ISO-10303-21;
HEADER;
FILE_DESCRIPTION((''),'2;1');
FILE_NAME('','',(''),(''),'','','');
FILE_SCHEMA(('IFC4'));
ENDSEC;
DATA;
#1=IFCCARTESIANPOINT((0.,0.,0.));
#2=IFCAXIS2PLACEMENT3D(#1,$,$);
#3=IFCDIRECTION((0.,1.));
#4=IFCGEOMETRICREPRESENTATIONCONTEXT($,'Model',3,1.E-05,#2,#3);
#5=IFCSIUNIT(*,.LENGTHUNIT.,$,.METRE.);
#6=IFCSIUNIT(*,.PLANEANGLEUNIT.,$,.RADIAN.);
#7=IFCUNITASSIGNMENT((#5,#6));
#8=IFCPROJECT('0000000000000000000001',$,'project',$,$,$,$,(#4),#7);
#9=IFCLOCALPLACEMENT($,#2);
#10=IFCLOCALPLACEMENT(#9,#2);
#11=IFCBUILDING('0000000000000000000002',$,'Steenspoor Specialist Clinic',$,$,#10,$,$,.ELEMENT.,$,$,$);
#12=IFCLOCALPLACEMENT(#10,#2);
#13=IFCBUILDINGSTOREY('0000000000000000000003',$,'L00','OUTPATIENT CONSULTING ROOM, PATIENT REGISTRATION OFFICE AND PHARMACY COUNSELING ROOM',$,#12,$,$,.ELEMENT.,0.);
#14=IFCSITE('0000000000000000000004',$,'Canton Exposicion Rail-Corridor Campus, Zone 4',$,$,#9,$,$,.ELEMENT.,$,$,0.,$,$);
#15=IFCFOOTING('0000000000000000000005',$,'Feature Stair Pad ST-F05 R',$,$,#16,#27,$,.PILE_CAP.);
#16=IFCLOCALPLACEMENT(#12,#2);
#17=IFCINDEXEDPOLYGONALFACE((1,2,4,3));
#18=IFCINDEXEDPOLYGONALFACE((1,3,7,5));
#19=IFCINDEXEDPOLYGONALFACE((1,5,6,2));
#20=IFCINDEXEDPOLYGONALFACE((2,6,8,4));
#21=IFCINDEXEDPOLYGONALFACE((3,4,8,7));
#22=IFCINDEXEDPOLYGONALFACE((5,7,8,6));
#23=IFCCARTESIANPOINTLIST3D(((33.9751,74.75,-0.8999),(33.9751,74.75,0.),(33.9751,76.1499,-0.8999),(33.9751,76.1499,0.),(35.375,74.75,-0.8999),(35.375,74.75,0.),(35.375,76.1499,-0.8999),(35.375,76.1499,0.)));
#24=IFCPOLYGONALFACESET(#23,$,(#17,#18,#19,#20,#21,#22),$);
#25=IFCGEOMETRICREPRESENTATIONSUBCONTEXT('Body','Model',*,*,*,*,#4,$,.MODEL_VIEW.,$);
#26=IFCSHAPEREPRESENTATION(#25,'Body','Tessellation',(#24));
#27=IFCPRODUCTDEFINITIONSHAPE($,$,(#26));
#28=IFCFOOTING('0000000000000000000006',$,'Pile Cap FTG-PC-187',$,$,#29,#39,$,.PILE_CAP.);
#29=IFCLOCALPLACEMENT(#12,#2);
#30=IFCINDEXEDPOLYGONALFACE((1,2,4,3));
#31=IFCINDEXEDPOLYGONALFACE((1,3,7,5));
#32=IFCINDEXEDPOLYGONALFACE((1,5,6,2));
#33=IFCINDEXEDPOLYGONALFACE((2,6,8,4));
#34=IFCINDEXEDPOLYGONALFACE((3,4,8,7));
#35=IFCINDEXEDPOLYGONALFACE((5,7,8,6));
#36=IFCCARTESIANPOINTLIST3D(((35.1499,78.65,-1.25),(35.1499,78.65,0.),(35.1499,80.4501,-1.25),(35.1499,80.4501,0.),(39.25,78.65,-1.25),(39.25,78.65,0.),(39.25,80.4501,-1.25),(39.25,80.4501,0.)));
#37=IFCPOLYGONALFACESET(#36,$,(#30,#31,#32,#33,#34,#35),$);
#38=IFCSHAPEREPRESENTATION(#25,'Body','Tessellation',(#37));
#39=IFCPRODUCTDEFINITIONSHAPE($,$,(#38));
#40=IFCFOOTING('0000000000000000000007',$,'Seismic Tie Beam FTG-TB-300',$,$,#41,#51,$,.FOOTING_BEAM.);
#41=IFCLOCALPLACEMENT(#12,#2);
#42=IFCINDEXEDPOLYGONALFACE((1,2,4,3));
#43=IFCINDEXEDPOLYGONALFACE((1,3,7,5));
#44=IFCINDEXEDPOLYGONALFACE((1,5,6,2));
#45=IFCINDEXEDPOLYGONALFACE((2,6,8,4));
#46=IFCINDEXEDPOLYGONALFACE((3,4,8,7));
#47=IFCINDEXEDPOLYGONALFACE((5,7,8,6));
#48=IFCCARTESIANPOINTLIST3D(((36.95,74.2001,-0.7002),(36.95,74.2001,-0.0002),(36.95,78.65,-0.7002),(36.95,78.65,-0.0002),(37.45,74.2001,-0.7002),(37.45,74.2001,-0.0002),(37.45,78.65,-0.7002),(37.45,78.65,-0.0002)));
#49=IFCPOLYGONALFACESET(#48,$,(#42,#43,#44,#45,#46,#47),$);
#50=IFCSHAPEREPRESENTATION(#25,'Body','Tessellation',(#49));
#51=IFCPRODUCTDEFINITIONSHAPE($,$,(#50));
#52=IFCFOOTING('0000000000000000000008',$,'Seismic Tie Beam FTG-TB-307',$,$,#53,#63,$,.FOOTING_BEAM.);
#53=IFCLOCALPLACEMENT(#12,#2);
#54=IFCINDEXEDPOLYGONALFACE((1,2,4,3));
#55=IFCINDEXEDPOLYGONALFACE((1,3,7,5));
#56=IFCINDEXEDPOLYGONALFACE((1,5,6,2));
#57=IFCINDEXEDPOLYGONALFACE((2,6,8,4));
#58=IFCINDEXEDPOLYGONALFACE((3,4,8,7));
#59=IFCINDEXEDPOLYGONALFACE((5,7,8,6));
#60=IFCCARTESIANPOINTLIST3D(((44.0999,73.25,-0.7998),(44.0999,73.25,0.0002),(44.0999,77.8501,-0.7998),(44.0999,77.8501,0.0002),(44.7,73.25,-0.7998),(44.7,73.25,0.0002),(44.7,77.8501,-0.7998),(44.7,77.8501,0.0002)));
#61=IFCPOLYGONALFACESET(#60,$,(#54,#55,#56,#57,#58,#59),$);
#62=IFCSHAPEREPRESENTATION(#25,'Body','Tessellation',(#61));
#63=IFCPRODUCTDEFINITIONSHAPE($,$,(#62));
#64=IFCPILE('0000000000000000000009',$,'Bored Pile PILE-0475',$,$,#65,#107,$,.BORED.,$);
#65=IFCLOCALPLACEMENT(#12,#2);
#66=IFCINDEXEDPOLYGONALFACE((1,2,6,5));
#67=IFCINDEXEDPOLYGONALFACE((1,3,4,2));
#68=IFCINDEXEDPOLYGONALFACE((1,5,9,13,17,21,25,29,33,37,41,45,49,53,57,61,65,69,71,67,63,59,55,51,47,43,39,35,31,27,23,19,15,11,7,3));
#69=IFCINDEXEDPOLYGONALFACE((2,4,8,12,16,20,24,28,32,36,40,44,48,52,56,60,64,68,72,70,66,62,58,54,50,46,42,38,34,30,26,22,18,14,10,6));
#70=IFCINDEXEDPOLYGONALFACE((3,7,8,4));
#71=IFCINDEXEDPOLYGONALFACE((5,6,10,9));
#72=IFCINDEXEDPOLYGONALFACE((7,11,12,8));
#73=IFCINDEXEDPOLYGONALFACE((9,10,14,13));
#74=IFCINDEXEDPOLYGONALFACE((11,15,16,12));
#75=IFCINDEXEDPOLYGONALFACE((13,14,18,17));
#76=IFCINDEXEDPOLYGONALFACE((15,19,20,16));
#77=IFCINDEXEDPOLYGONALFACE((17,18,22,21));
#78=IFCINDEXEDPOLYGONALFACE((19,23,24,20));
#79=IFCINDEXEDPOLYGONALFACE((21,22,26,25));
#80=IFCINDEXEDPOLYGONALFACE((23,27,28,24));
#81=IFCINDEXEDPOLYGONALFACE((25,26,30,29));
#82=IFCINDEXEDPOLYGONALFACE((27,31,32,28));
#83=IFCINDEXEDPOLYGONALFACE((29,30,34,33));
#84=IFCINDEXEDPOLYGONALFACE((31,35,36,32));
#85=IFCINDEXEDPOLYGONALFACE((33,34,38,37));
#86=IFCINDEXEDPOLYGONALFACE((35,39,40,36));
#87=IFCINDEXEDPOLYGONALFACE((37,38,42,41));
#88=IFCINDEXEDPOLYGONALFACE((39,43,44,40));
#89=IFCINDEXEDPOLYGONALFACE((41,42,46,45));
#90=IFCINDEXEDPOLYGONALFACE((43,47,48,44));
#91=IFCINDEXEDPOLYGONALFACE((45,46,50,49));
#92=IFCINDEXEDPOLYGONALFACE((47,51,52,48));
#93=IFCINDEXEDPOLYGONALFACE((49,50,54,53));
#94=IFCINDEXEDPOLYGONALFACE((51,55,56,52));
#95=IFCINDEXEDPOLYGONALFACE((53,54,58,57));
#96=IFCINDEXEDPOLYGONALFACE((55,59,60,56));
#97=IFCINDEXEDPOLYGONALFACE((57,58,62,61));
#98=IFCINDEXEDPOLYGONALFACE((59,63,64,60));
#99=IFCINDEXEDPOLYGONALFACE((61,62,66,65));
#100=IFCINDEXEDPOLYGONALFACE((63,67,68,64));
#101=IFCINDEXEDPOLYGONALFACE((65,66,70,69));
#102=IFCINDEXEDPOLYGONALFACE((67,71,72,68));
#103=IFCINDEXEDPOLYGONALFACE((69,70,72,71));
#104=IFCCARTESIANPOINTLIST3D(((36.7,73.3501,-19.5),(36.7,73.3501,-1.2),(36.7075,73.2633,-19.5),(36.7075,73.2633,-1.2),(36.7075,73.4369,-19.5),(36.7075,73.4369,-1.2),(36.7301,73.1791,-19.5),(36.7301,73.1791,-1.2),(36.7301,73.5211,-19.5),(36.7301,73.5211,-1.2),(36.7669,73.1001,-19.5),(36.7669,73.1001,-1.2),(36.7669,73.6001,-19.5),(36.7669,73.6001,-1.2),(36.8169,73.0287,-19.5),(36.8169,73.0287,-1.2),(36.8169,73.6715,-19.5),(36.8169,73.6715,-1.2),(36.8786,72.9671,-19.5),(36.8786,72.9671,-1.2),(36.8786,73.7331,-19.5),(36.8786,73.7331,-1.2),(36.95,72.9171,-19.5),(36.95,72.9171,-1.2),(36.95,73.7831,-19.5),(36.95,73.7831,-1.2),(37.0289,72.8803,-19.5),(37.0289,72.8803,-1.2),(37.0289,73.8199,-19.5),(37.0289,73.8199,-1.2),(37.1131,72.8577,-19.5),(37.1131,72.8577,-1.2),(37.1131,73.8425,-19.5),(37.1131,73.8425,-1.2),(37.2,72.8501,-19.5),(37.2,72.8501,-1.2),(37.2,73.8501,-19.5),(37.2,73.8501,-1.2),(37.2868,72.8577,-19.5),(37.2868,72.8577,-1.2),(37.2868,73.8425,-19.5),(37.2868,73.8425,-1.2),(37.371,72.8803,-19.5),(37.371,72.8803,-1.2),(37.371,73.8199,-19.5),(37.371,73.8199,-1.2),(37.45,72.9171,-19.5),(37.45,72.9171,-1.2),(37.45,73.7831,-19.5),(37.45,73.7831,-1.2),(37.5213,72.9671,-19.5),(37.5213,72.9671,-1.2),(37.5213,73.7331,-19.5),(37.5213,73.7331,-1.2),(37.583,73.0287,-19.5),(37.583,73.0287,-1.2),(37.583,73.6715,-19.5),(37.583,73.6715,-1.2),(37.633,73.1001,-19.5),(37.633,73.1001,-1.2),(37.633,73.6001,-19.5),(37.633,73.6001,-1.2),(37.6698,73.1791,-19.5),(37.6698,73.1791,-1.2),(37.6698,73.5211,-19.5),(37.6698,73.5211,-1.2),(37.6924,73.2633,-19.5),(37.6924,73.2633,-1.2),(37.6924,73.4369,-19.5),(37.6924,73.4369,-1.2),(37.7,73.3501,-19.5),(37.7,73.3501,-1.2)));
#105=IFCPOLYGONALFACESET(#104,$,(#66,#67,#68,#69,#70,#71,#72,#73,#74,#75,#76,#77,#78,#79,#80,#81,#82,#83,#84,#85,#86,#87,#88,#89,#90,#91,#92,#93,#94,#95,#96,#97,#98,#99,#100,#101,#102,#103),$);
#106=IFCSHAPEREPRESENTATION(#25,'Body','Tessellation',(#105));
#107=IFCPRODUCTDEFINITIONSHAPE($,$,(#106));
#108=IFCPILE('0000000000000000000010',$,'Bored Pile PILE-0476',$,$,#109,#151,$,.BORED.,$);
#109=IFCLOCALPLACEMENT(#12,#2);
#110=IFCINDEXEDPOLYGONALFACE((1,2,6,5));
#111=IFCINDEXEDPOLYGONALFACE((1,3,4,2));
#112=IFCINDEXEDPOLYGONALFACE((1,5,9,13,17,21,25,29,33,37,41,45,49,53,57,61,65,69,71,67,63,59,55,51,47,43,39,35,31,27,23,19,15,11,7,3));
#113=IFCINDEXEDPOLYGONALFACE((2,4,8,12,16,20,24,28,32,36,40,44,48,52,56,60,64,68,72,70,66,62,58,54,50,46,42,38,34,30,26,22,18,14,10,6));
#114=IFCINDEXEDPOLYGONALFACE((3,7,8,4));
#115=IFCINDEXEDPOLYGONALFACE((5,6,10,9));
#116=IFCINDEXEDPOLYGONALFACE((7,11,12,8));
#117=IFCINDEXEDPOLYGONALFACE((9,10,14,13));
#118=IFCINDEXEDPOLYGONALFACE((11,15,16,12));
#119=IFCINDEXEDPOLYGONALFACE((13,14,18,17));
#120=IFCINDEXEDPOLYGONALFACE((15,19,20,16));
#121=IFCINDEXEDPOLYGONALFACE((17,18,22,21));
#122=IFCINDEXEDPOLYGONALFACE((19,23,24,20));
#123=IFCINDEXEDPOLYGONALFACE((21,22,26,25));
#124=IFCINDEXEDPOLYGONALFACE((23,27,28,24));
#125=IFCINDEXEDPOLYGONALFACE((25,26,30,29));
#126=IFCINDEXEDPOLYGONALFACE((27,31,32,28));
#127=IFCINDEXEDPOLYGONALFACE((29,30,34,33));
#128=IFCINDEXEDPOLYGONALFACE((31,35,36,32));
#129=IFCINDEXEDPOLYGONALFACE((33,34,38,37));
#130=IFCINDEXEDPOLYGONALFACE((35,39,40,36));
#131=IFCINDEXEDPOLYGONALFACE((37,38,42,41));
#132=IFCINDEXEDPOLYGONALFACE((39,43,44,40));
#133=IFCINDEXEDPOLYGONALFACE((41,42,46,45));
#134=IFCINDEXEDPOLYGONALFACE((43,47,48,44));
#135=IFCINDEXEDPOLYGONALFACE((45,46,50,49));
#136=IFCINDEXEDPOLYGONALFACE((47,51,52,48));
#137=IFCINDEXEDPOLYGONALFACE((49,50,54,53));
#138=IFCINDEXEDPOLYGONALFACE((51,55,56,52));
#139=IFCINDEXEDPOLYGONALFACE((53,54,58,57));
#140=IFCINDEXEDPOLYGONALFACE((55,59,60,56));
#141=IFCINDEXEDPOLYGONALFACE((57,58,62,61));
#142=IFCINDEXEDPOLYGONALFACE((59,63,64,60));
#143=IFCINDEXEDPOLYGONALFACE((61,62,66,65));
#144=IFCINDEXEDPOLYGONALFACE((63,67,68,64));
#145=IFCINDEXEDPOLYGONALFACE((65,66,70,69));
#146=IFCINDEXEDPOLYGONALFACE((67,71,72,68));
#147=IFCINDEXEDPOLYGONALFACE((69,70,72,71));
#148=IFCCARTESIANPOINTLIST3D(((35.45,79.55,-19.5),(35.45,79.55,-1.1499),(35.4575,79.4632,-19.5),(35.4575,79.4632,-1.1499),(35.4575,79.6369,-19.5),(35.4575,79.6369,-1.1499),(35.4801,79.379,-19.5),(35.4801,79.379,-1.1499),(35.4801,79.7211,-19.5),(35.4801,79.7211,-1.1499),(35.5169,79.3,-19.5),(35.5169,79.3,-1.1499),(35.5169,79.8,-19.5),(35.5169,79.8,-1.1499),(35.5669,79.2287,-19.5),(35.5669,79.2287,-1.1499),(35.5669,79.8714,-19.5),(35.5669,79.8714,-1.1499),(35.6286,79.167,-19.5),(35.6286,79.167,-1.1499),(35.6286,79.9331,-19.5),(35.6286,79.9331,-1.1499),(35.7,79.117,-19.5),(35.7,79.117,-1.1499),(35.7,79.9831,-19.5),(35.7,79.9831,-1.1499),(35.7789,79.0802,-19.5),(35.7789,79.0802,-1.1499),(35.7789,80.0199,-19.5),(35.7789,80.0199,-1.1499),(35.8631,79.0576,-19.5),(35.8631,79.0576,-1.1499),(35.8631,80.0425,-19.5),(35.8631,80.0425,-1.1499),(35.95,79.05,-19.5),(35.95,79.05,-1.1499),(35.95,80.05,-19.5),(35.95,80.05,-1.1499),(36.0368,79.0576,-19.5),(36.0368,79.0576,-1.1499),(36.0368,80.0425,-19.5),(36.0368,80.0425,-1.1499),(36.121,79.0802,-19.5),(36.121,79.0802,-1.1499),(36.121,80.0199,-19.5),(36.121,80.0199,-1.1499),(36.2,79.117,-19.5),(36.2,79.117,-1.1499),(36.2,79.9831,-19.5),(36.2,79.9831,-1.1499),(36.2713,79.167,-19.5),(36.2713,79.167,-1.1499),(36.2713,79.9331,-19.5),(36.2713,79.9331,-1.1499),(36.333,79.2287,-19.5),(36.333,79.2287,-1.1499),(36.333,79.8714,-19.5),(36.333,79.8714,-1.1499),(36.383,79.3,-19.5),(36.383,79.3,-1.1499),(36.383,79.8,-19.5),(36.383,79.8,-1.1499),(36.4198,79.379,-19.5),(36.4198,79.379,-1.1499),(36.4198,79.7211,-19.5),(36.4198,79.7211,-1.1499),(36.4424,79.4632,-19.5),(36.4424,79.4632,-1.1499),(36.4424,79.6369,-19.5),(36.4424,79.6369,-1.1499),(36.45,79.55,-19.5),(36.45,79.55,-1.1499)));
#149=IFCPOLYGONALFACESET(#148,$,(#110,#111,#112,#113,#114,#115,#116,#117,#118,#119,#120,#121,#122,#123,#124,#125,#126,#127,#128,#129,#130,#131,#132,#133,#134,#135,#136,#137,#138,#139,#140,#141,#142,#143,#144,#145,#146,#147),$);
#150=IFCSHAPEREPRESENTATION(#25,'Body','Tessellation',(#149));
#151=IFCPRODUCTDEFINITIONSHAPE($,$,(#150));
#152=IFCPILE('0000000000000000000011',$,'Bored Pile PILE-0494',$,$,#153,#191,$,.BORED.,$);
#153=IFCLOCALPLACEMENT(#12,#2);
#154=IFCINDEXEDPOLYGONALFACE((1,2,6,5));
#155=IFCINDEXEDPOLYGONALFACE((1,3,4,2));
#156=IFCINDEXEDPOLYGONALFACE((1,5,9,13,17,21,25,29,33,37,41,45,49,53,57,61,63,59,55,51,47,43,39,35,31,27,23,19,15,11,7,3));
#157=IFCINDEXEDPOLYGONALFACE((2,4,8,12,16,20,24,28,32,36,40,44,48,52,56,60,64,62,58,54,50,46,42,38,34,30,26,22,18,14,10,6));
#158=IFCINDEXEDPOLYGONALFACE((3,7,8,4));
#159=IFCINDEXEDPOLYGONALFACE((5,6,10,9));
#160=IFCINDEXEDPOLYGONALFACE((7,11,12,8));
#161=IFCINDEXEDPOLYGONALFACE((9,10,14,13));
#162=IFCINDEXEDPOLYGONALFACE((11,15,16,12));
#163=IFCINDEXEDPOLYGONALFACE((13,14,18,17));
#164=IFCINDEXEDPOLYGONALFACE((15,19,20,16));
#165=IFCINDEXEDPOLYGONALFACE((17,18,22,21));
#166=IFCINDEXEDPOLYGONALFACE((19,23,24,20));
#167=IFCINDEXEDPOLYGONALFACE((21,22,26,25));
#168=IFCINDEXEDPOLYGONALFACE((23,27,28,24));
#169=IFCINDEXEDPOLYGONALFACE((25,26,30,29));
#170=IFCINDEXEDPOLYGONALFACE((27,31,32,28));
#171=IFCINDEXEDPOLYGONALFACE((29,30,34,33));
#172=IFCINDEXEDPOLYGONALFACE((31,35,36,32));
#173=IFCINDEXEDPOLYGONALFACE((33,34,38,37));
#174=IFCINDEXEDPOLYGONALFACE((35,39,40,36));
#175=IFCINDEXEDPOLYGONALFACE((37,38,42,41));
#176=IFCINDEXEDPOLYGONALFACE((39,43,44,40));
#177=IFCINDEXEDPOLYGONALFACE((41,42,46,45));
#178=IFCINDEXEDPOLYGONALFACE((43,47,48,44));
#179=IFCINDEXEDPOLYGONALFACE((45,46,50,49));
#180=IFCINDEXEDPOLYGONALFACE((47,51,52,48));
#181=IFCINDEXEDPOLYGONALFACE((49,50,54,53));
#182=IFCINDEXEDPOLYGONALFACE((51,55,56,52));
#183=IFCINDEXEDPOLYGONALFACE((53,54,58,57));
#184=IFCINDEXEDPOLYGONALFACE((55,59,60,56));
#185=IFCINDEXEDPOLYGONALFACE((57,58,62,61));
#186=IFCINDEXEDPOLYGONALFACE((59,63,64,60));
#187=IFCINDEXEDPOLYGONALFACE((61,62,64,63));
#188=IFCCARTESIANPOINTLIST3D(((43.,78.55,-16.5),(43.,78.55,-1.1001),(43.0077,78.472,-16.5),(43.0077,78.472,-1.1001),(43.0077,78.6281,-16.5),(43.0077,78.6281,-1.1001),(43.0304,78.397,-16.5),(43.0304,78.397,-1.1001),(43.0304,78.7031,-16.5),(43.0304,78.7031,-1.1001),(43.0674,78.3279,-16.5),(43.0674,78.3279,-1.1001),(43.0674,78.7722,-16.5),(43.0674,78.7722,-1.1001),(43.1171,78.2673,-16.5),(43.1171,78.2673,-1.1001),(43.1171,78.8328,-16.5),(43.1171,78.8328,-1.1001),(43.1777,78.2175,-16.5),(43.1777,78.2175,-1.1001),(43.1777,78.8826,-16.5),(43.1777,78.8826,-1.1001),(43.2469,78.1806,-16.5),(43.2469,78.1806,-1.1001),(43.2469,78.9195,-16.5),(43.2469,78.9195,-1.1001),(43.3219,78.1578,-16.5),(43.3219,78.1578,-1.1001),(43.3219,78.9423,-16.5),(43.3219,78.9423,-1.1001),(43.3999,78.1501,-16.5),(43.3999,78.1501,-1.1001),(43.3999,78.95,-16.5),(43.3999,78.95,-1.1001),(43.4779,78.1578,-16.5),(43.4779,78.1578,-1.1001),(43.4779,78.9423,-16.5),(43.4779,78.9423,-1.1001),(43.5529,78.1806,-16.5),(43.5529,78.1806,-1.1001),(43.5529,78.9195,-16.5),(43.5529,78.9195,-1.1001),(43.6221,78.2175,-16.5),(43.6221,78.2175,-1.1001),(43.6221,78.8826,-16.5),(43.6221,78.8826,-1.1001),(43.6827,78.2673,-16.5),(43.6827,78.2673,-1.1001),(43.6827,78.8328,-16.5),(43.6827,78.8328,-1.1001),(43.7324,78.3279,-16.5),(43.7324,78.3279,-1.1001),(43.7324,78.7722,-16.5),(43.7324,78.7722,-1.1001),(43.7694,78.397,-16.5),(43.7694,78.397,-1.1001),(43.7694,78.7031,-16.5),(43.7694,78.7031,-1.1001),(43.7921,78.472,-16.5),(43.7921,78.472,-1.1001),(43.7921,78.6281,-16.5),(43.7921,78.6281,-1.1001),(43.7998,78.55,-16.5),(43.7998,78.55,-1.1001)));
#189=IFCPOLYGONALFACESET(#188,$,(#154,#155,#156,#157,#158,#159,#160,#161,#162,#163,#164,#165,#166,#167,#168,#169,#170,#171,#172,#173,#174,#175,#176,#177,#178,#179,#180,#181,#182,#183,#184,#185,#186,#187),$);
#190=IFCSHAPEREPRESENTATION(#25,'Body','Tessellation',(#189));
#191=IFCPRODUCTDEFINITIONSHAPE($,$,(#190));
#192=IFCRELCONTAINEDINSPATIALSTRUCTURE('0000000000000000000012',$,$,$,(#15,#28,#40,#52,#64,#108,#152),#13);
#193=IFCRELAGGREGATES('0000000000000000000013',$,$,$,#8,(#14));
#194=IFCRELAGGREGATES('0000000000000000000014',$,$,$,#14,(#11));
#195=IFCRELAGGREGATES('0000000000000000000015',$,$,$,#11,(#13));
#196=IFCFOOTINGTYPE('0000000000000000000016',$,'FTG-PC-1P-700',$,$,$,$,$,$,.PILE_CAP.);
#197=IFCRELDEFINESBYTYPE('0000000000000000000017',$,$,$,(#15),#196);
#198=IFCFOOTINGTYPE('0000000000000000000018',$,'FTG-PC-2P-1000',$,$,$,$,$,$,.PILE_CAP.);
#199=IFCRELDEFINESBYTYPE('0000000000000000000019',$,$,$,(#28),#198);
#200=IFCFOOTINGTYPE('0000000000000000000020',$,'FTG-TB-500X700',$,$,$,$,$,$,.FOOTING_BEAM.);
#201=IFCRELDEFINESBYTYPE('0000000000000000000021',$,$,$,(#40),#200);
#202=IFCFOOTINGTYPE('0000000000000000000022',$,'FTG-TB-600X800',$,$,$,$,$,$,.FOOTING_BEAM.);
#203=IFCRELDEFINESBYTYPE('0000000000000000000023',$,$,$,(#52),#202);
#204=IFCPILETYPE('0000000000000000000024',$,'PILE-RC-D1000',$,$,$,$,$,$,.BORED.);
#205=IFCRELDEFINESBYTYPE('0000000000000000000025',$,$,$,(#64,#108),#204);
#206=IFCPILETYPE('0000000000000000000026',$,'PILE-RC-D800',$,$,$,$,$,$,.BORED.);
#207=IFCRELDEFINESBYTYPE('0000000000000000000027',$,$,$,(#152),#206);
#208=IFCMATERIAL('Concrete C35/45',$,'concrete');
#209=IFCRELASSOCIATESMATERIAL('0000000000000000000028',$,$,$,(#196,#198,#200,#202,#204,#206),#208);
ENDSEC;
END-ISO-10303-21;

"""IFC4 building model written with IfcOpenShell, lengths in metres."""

from ifc_helpers import new_model, si_unit, direction, frame, origin, origin_2d, place, context, subcontext, project, spatial, rectangle, circle, extrude, material, material_profile, profile_set, type_object, element, save


model = new_model("IFC4")

# Units and contexts
model_context = context("Model", 3, precision=1e-05, world=origin(), true_north=direction((0.0, 1.0)))
body_context = subcontext(model_context, "Body", "Model", "MODEL_VIEW")
ifc_project = project(units=[si_unit("LENGTHUNIT", "METRE"), si_unit("PLANEANGLEUNIT", "RADIAN")], contexts=[model_context])

# Site, building, storey
site_placement = place(None, origin())
site = spatial("IfcSite", under=ifc_project, at=site_placement, Name="Canton Exposicion Rail-Corridor Campus, Zone 4", CompositionType="ELEMENT", RefElevation=0.0)
building_placement = place(site_placement, origin())
building = spatial("IfcBuilding", under=site, at=building_placement, Name="Steenspoor Specialist Clinic", CompositionType="ELEMENT")
storey_placement = place(building_placement, origin())
storey = spatial("IfcBuildingStorey", under=building, at=storey_placement, Name="L00", Description="OUTPATIENT CONSULTING ROOM, PATIENT REGISTRATION OFFICE AND PHARMACY COUNSELING ROOM", CompositionType="ELEMENT", Elevation=0.0)

# Footings
ifc_material_1 = material(Name="Concrete C35/45", Category="concrete")
footing_type_1 = type_object("IfcFootingType", Name="FTG-PC-1P-700", PredefinedType="PILE_CAP", material=ifc_material_1)
footing_1_placement = place(storey_placement, frame((34.675, 75.45, -0.8999), z_axis=(0.0, 0.0, 1.0), x_axis=(1.0, 0.0, 0.0)))
element("IfcFooting", 1, at=footing_1_placement, inside=storey, type_object=footing_type_1, Name="Feature Stair Pad ST-F05 R", PredefinedType="PILE_CAP", context=body_context, shape_type="SweptSolid", body=[
    extrude(rectangle(XDim=1.3999, YDim=1.3999, at=origin_2d()), origin(), (0.0, 0.0, 1.0), 0.8999),
])
footing_type_2 = type_object("IfcFootingType", Name="FTG-PC-2P-1000", PredefinedType="PILE_CAP", material=ifc_material_1)
footing_2_placement = place(storey_placement, frame((37.2, 79.55, -1.25), z_axis=(0.0, 0.0, 1.0), x_axis=(1.0, 0.0, 0.0)))
element("IfcFooting", 2, at=footing_2_placement, inside=storey, type_object=footing_type_2, Name="Pile Cap FTG-PC-187", PredefinedType="PILE_CAP", context=body_context, shape_type="SweptSolid", body=[
    extrude(rectangle(XDim=4.1001, YDim=1.8, at=origin_2d()), origin(), (0.0, 0.0, 1.0), 1.25),
])
footing_type_3 = type_object("IfcFootingType", Name="FTG-TB-500X700", PredefinedType="FOOTING_BEAM", material=ifc_material_1)
footing_3_placement = place(storey_placement, frame((37.2, 76.425, -0.7002), z_axis=(0.0, 0.0, 1.0), x_axis=(1.0, 0.0, 0.0)))
element("IfcFooting", 3, at=footing_3_placement, inside=storey, type_object=footing_type_3, Name="Seismic Tie Beam FTG-TB-300", PredefinedType="FOOTING_BEAM", context=body_context, shape_type="SweptSolid", body=[
    extrude(rectangle(XDim=0.5, YDim=4.45, at=origin_2d()), origin(), (0.0, 0.0, 1.0), 0.7),
])
footing_type_4 = type_object("IfcFootingType", Name="FTG-TB-600X800", PredefinedType="FOOTING_BEAM", material=ifc_material_1)
footing_4_placement = place(storey_placement, frame((44.3999, 75.55, -0.7998), z_axis=(0.0, 0.0, 1.0), x_axis=(1.0, 0.0, 0.0)))
element("IfcFooting", 4, at=footing_4_placement, inside=storey, type_object=footing_type_4, Name="Seismic Tie Beam FTG-TB-307", PredefinedType="FOOTING_BEAM", context=body_context, shape_type="SweptSolid", body=[
    extrude(rectangle(XDim=0.6001, YDim=4.6001, at=origin_2d()), origin(), (0.0, 0.0, 1.0), 0.8),
])

# Piles
ifc_material_profile_1 = material_profile(ifc_material_1, circle(Radius=0.5, at=origin_2d()), Name="PILE-D1000")
ifc_profile_set_1 = profile_set([ifc_material_profile_1], Name="Concrete C35/45")
pile_type_1 = type_object("IfcPileType", Name="PILE-RC-D1000", PredefinedType="BORED", material=ifc_profile_set_1)
pile_1_placement = place(storey_placement, frame((37.2, 73.3501, -1.2), z_axis=(0.0, 0.0, -1.0), x_axis=(1.0, 0.0, 0.0)))
element("IfcPile", 5, at=pile_1_placement, inside=storey, type_object=pile_type_1, Name="Bored Pile PILE-0475", PredefinedType="BORED", context=body_context, shape_type="SweptSolid", body=[
    extrude(circle(Radius=0.5, at=origin_2d()), origin(), (0.0, 0.0, 1.0), 18.3),
])
pile_2_placement = place(storey_placement, frame((35.95, 79.55, -1.1499), z_axis=(0.0, 0.0, -1.0), x_axis=(1.0, 0.0, 0.0)))
element("IfcPile", 6, at=pile_2_placement, inside=storey, type_object=pile_type_1, Name="Bored Pile PILE-0476", PredefinedType="BORED", context=body_context, shape_type="SweptSolid", body=[
    extrude(circle(Radius=0.5, at=origin_2d()), origin(), (0.0, 0.0, 1.0), 18.3501),
])
ifc_material_profile_2 = material_profile(ifc_material_1, circle(Radius=0.3999, at=origin_2d()), Name="PILE-D800")
ifc_profile_set_2 = profile_set([ifc_material_profile_2], Name="Concrete C35/45")
pile_type_2 = type_object("IfcPileType", Name="PILE-RC-D800", PredefinedType="BORED", material=ifc_profile_set_2)
pile_3_placement = place(storey_placement, frame((43.3999, 78.55, -1.1001), z_axis=(0.0, 0.0, -1.0), x_axis=(1.0, 0.0, 0.0)))
element("IfcPile", 7, at=pile_3_placement, inside=storey, type_object=pile_type_2, Name="Bored Pile PILE-0494", PredefinedType="BORED", context=body_context, shape_type="SweptSolid", body=[
    extrude(circle(Radius=0.3999, at=origin_2d()), origin(), (0.0, 0.0, 1.0), 15.3999),
])

save(model, "model.ifc")
